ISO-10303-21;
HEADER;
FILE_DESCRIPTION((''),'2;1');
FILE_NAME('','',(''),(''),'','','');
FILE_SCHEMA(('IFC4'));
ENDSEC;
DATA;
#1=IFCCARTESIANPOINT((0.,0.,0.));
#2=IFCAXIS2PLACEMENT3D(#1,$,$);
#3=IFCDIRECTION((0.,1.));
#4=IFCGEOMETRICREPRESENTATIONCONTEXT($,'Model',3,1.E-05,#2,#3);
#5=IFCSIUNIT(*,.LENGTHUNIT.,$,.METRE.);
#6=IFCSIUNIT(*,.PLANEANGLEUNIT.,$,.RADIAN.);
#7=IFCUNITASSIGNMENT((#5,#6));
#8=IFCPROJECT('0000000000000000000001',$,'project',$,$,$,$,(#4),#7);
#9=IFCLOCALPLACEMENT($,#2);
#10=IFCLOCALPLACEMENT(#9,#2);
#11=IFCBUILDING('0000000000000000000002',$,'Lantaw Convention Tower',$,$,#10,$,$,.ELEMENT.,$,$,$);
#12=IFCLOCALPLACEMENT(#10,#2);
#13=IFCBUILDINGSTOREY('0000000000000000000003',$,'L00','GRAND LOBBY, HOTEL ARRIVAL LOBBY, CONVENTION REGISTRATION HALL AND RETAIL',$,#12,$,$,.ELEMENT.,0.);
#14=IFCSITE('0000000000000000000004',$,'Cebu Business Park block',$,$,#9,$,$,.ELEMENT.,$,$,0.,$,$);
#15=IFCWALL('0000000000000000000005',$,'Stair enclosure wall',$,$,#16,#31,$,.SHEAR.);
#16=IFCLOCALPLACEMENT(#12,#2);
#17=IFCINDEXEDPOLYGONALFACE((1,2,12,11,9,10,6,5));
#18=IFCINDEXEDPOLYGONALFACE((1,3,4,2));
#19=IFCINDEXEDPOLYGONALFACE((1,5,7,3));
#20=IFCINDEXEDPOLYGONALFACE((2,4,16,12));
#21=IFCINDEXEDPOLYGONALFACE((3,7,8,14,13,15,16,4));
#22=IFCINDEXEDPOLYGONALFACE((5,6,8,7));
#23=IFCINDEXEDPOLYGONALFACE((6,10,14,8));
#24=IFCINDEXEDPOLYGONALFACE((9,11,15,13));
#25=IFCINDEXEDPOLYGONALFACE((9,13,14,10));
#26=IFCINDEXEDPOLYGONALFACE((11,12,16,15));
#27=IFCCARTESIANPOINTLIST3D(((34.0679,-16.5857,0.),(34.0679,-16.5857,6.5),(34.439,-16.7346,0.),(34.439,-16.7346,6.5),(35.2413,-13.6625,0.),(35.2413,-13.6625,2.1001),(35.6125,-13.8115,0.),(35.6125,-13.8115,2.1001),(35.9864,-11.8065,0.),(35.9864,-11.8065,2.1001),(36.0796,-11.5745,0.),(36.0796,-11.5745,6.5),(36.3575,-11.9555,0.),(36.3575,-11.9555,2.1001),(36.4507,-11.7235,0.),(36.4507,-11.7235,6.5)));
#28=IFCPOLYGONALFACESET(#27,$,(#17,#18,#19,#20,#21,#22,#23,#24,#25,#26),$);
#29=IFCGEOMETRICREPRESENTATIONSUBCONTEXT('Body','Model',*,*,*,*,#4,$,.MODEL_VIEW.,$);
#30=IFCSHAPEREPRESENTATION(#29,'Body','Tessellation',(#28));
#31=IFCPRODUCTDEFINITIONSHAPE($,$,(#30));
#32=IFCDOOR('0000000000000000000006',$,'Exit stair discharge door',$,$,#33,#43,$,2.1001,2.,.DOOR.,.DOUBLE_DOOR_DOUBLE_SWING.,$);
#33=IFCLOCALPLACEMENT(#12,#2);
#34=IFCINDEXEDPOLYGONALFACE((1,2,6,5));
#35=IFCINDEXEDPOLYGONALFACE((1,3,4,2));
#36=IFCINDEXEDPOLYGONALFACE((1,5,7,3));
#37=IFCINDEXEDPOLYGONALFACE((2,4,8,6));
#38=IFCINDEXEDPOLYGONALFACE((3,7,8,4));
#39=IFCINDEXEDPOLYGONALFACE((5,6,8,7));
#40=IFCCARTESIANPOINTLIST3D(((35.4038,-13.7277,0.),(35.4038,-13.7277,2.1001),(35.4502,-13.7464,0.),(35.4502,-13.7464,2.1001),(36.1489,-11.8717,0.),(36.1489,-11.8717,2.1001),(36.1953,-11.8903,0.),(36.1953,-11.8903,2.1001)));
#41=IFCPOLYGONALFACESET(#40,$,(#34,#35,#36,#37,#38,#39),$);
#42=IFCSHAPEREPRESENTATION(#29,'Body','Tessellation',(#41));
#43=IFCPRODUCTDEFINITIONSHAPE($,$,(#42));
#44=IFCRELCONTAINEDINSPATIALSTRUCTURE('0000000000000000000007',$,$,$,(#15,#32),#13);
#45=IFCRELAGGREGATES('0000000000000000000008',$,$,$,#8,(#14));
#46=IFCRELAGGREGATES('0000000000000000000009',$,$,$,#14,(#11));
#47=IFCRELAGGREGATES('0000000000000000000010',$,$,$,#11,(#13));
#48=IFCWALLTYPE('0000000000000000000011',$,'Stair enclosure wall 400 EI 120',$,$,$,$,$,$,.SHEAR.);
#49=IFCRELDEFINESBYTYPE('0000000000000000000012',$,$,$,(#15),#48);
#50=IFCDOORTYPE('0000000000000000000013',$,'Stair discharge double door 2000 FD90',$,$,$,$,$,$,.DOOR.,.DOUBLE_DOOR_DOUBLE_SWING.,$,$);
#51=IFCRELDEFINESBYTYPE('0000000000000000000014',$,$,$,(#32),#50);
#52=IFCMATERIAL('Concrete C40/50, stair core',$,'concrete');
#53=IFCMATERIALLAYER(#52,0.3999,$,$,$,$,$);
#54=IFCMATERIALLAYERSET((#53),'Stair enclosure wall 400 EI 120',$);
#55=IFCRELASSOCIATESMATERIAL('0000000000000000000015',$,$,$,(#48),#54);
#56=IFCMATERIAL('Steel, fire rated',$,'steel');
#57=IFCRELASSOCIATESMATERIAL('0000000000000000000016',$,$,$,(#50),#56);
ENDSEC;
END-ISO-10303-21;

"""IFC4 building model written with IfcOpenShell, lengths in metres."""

from ifc_helpers import new_model, si_unit, direction, frame, frame_2d, origin, place, context, subcontext, project, spatial, rectangle, extrude, material, layer, layer_set, type_object, element, fill, save


model = new_model("IFC4")

# Units and contexts
model_context = context("Model", 3, precision=1e-05, world=origin(), true_north=direction((0.0, 1.0)))
body_context = subcontext(model_context, "Body", "Model", "MODEL_VIEW")
ifc_project = project(units=[si_unit("LENGTHUNIT", "METRE"), si_unit("PLANEANGLEUNIT", "RADIAN")], contexts=[model_context])

# Site, building, storey
site_placement = place(None, origin())
site = spatial("IfcSite", under=ifc_project, at=site_placement, Name="Cebu Business Park block", CompositionType="ELEMENT", RefElevation=0.0)
building_placement = place(site_placement, origin())
building = spatial("IfcBuilding", under=site, at=building_placement, Name="Lantaw Convention Tower", CompositionType="ELEMENT")
storey_placement = place(building_placement, origin())
storey = spatial("IfcBuildingStorey", under=building, at=storey_placement, Name="L00", Description="GRAND LOBBY, HOTEL ARRIVAL LOBBY, CONVENTION REGISTRATION HALL AND RETAIL", CompositionType="ELEMENT", Elevation=0.0)

# Wall, opening, door
ifc_material_1 = material(Name="Concrete C40/50, stair core", Category="concrete")
ifc_layer_1 = layer(ifc_material_1, 0.3999)
ifc_layer_set_1 = layer_set([ifc_layer_1], Name="Stair enclosure wall 400 EI 120")
wall_type_1 = type_object("IfcWallType", Name="Stair enclosure wall 400 EI 120", PredefinedType="SHEAR", material=ifc_layer_set_1)
wall_1_placement = place(storey_placement, frame((34.2534, -16.6602, 0.0), z_axis=(0.0, 0.0, 1.0), x_axis=(0.372544, 0.928015, 0.0)))
wall_1 = element("IfcWall", 1, at=wall_1_placement, inside=storey, type_object=wall_type_1, Name="Stair enclosure wall", PredefinedType="SHEAR", context=body_context, shape_type="SweptSolid", body=[
    extrude(rectangle(XDim=5.3999, YDim=0.3999, at=frame_2d((2.7, 0.0))), origin(), (0.0, 0.0, 1.0), 6.5),
])
opening_1_placement = place(wall_1_placement, frame((3.1499, 0.0, 0.0)))
opening_1 = element("IfcOpeningElement", 2, at=opening_1_placement, cuts=wall_1, PredefinedType="OPENING", context=body_context, shape_type="SweptSolid", body=[
    extrude(rectangle(XDim=2.0, YDim=2.1001, at=frame_2d((1.0, 1.05))), frame((0.0, 0.21, 0.0), z_axis=(0.0, -1.0, 0.0), x_axis=(1.0, 0.0, 0.0)), (0.0, 0.0, 1.0), 0.4199),
])
ifc_material_2 = material(Name="Steel, fire rated", Category="steel")
door_type_1 = type_object("IfcDoorType", Name="Stair discharge double door 2000 FD90", OperationType="DOUBLE_DOOR_DOUBLE_SWING", PredefinedType="DOOR", material=ifc_material_2)
door_1_placement = place(opening_1_placement, origin())
door_1 = element("IfcDoor", 3, at=door_1_placement, inside=storey, type_object=door_type_1, Name="Exit stair discharge door", OperationType="DOUBLE_DOOR_DOUBLE_SWING", OverallHeight=2.1001, OverallWidth=2.0, PredefinedType="DOOR", context=body_context, shape_type="SweptSolid", body=[
    extrude(rectangle(XDim=2.0, YDim=2.1001, at=frame_2d((1.0, 1.05))), frame((0.0, 0.0249, 0.0), z_axis=(0.0, -1.0, 0.0), x_axis=(1.0, 0.0, 0.0)), (0.0, 0.0, 1.0), 0.05),
])
fill(opening_1, door_1)

save(model, "model.ifc")
